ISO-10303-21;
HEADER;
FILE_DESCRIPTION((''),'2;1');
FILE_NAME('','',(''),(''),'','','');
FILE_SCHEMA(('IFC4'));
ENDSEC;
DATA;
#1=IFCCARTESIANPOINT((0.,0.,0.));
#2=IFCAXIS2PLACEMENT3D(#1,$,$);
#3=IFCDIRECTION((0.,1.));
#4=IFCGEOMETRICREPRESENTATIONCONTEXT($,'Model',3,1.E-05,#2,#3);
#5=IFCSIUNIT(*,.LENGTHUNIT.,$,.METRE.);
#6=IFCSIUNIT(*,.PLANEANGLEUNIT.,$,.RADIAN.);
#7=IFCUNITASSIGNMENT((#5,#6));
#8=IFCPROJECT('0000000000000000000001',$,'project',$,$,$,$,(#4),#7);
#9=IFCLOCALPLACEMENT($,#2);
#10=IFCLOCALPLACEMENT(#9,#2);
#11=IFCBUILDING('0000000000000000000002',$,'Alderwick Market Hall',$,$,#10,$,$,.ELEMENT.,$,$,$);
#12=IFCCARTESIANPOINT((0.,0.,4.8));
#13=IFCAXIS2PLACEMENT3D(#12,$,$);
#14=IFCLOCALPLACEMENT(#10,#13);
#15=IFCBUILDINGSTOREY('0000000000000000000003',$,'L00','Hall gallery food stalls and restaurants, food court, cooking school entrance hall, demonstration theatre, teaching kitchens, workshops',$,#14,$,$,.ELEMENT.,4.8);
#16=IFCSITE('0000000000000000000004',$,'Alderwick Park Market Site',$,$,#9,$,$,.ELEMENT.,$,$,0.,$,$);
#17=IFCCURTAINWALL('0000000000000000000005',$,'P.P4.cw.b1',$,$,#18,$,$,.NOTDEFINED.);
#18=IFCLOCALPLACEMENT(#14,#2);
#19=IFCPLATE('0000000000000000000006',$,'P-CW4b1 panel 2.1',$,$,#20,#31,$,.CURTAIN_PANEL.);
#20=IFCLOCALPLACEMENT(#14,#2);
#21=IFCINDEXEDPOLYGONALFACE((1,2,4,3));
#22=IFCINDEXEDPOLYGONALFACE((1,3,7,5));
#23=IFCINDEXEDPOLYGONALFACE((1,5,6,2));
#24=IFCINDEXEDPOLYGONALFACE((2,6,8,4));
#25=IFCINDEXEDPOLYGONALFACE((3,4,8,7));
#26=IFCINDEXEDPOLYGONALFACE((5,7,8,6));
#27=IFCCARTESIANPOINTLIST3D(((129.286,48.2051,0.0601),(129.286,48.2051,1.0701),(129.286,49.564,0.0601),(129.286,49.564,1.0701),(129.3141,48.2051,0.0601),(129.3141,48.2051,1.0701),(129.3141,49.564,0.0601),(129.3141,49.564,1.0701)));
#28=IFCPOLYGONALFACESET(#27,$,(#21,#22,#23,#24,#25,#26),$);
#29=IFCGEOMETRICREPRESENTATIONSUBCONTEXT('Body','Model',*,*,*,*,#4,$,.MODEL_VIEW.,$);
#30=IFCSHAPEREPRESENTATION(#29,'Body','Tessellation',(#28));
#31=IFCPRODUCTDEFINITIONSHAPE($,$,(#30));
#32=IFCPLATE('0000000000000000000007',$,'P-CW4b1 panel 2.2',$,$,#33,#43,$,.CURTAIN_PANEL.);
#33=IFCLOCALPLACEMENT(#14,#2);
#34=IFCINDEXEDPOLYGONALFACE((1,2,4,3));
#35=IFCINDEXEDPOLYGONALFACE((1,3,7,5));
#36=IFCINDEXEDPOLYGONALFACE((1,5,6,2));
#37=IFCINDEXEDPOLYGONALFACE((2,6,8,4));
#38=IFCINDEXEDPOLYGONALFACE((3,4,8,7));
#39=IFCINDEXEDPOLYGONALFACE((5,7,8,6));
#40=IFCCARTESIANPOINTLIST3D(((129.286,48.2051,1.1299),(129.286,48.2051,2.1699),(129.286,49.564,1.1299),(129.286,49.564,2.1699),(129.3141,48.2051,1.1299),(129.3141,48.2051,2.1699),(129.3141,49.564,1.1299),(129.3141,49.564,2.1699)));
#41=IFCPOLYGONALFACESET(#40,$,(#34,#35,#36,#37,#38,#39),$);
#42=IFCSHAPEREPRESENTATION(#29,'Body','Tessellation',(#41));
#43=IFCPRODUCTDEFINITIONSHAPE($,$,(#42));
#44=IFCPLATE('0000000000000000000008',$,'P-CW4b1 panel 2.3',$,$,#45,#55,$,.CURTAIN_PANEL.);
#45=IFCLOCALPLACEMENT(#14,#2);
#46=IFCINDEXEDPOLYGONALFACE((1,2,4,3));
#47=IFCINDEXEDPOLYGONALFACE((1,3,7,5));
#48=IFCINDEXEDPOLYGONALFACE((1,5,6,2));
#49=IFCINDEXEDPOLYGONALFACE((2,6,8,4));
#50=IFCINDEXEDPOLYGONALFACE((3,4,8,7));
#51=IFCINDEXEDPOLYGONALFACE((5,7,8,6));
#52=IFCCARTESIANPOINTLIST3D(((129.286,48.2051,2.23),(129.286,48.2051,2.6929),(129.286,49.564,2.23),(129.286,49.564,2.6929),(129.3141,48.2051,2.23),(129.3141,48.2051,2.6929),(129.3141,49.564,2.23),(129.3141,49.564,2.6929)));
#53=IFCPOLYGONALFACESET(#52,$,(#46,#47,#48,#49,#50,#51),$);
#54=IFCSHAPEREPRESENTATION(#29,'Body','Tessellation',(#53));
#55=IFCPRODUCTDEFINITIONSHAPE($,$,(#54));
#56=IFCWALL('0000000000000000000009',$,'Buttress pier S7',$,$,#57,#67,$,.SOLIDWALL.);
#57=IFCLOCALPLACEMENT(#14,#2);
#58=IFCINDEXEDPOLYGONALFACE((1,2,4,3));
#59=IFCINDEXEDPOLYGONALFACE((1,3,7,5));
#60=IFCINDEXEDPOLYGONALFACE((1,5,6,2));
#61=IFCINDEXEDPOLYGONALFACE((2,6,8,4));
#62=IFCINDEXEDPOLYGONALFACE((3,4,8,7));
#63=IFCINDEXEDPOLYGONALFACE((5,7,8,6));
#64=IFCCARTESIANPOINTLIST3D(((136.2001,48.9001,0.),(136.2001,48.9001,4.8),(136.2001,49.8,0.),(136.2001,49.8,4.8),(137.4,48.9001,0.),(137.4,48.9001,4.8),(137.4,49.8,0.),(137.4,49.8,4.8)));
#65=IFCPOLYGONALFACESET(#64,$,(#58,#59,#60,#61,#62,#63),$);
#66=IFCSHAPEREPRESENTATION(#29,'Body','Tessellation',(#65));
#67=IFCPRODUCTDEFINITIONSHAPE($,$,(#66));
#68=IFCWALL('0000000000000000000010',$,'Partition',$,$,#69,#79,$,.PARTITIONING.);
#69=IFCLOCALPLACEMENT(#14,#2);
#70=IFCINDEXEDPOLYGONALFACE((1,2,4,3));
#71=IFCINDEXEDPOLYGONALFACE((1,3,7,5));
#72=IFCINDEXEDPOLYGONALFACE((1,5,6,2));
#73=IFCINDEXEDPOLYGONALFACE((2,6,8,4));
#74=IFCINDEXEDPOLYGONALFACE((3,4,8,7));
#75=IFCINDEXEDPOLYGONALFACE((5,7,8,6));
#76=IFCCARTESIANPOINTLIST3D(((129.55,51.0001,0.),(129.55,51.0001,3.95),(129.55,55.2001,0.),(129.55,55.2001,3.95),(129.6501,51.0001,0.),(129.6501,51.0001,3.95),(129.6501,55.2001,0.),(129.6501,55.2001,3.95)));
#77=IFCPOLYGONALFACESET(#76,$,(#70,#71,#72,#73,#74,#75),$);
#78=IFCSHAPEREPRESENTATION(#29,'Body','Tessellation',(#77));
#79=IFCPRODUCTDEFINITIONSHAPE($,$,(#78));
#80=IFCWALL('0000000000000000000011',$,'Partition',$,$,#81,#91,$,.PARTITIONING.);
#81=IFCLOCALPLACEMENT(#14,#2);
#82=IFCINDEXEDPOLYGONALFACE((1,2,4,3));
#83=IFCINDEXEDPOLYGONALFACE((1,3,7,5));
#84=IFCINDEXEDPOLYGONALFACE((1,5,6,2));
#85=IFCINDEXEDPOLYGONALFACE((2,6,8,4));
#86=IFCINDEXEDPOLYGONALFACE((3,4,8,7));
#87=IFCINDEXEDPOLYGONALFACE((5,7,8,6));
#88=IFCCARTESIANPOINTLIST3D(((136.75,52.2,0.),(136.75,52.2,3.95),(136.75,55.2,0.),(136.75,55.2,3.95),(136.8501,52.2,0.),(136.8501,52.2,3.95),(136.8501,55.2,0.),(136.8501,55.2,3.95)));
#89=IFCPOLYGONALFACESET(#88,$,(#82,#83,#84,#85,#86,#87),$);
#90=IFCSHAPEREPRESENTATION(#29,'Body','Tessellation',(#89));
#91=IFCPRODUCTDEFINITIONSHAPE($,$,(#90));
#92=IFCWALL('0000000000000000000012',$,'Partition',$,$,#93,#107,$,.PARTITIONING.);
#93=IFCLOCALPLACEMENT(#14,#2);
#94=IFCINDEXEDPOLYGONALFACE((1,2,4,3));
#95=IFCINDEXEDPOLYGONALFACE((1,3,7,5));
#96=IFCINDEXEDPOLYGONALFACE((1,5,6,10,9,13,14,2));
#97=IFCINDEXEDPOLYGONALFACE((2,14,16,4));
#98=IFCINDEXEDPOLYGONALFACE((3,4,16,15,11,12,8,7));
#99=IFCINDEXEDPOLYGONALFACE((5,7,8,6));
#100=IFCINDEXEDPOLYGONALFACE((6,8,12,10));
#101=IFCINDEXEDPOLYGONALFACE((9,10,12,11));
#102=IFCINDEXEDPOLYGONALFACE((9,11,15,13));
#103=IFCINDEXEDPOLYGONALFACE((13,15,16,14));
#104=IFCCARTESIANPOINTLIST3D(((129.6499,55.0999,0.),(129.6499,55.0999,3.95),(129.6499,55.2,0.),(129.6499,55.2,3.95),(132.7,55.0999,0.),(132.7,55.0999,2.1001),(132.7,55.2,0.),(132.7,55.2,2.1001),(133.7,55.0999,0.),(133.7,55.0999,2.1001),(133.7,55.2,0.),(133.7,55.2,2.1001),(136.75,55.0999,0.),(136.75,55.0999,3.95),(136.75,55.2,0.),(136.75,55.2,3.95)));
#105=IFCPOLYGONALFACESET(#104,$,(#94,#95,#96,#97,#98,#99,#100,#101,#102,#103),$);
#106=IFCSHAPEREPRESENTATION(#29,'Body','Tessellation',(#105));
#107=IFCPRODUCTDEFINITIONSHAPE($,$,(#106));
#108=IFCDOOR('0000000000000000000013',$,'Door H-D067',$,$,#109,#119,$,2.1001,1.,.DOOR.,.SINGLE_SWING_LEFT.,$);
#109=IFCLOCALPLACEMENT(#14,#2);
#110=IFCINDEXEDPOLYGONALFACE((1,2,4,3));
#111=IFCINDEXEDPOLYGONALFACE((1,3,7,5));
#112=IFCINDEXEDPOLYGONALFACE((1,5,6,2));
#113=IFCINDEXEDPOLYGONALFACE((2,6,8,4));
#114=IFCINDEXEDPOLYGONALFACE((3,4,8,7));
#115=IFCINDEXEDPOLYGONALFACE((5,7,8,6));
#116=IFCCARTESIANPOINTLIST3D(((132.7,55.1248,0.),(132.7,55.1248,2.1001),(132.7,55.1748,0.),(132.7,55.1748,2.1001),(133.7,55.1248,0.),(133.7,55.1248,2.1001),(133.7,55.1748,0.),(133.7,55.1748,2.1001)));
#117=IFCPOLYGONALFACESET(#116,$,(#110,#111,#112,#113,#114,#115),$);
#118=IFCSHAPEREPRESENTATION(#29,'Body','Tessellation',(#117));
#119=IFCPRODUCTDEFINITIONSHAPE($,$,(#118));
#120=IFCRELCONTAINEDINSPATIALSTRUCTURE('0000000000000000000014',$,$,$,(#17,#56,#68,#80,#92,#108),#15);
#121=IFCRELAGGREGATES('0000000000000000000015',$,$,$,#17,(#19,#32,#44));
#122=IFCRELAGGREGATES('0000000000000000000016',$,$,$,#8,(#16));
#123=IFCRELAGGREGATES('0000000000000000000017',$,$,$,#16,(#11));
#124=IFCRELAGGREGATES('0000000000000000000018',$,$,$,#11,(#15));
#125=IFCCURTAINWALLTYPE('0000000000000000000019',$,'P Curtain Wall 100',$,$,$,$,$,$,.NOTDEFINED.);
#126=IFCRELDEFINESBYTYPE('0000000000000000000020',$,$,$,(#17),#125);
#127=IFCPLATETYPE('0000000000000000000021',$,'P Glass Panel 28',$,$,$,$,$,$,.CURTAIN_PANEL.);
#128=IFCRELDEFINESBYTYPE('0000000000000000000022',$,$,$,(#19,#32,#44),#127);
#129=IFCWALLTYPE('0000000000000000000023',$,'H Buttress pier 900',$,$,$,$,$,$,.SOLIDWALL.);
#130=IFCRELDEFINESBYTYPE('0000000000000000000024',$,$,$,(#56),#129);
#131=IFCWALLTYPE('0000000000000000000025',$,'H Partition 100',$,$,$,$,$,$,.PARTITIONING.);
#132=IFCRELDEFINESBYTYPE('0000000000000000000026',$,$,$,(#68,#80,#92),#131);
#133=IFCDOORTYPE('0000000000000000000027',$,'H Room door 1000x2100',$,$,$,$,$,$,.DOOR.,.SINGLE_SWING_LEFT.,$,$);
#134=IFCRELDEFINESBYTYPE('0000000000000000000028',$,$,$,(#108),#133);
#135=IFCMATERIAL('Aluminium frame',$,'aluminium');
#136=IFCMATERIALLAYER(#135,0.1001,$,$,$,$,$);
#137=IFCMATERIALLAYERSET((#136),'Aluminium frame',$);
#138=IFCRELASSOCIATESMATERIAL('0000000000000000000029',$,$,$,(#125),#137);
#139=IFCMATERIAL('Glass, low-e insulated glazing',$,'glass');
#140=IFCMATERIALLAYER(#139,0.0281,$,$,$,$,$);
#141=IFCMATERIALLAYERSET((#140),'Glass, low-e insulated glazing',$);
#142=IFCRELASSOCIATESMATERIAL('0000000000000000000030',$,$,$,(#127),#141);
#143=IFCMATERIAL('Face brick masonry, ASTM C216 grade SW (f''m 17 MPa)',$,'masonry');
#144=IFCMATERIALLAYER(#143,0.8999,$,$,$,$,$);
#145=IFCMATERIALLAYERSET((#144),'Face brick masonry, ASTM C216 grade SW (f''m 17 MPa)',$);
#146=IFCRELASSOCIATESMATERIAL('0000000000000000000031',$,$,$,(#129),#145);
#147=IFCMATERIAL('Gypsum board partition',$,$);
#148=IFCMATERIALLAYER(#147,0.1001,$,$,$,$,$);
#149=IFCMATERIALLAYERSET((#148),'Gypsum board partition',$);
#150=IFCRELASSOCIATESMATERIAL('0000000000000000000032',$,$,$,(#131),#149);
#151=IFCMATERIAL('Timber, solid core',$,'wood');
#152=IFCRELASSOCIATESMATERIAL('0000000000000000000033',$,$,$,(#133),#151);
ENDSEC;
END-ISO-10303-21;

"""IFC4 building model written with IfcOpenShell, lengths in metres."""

from ifc_helpers import new_model, si_unit, direction, frame, frame_2d, origin, origin_2d, place, context, subcontext, project, spatial, rectangle, extrude, material, layer, layer_set, type_object, element, fill, aggregate, save


model = new_model("IFC4")

# Units and contexts
model_context = context("Model", 3, precision=1e-05, world=origin(), true_north=direction((0.0, 1.0)))
body_context = subcontext(model_context, "Body", "Model", "MODEL_VIEW")
ifc_project = project(units=[si_unit("LENGTHUNIT", "METRE"), si_unit("PLANEANGLEUNIT", "RADIAN")], contexts=[model_context])

# Site, building, storey
site_placement = place(None, origin())
site = spatial("IfcSite", under=ifc_project, at=site_placement, Name="Alderwick Park Market Site", CompositionType="ELEMENT", RefElevation=0.0)
building_placement = place(site_placement, origin())
building = spatial("IfcBuilding", under=site, at=building_placement, Name="Alderwick Market Hall", CompositionType="ELEMENT")
storey_placement = place(building_placement, frame((0.0, 0.0, 4.8)))
storey = spatial("IfcBuildingStorey", under=building, at=storey_placement, Name="L00", Description="Hall gallery food stalls and restaurants, food court, cooking school entrance hall, demonstration theatre, teaching kitchens, workshops", CompositionType="ELEMENT", Elevation=4.8)

# Curtain wall, plates
ifc_material_1 = material(Name="Aluminium frame", Category="aluminium")
ifc_layer_1 = layer(ifc_material_1, 0.1001)
ifc_layer_set_1 = layer_set([ifc_layer_1], Name="Aluminium frame")
curtain_wall_type = type_object("IfcCurtainWallType", Name="P Curtain Wall 100", PredefinedType="NOTDEFINED", material=ifc_layer_set_1)
curtain_wall_placement = place(storey_placement, origin())
curtain_wall = element("IfcCurtainWall", 1, at=curtain_wall_placement, inside=storey, type_object=curtain_wall_type, Name="P.P4.cw.b1", PredefinedType="NOTDEFINED")
ifc_material_2 = material(Name="Glass, low-e insulated glazing", Category="glass")
ifc_layer_2 = layer(ifc_material_2, 0.0281)
ifc_layer_set_2 = layer_set([ifc_layer_2], Name="Glass, low-e insulated glazing")
plate_type = type_object("IfcPlateType", Name="P Glass Panel 28", PredefinedType="CURTAIN_PANEL", material=ifc_layer_set_2)
plate_1_placement = place(storey_placement, frame((129.3, 48.8845, 0.0601), z_axis=(0.0, 0.0, 1.0), x_axis=(0.0, 1.0, 0.0)))
plate_1 = element("IfcPlate", 2, at=plate_1_placement, type_object=plate_type, Name="P-CW4b1 panel 2.1", PredefinedType="CURTAIN_PANEL", context=body_context, shape_type="SweptSolid", body=[
    extrude(rectangle(XDim=1.3589, YDim=0.0281, at=origin_2d()), origin(), (0.0, 0.0, 1.0), 1.01),
])
plate_2_placement = place(storey_placement, frame((129.3, 48.8845, 1.1299), z_axis=(0.0, 0.0, 1.0), x_axis=(0.0, 1.0, 0.0)))
plate_2 = element("IfcPlate", 3, at=plate_2_placement, type_object=plate_type, Name="P-CW4b1 panel 2.2", PredefinedType="CURTAIN_PANEL", context=body_context, shape_type="SweptSolid", body=[
    extrude(rectangle(XDim=1.3589, YDim=0.0281, at=origin_2d()), origin(), (0.0, 0.0, 1.0), 1.04),
])
plate_3_placement = place(storey_placement, frame((129.3, 48.8845, 2.23), z_axis=(0.0, 0.0, 1.0), x_axis=(0.0, 1.0, 0.0)))
plate_3 = element("IfcPlate", 4, at=plate_3_placement, type_object=plate_type, Name="P-CW4b1 panel 2.3", PredefinedType="CURTAIN_PANEL", context=body_context, shape_type="SweptSolid", body=[
    extrude(rectangle(XDim=1.3589, YDim=0.0281, at=origin_2d()), origin(), (0.0, 0.0, 1.0), 0.4629),
])
aggregate(curtain_wall, [plate_1, plate_2, plate_3])

# Walls
ifc_material_3 = material(Name="Face brick masonry, ASTM C216 grade SW (f'm 17 MPa)", Category="masonry")
ifc_layer_3 = layer(ifc_material_3, 0.8999)
ifc_layer_set_3 = layer_set([ifc_layer_3], Name="Face brick masonry, ASTM C216 grade SW (f'm 17 MPa)")
wall_type_1 = type_object("IfcWallType", Name="H Buttress pier 900", PredefinedType="SOLIDWALL", material=ifc_layer_set_3)
wall_1_placement = place(storey_placement, frame((136.2, 49.3501, 0.0), z_axis=(0.0, 0.0, 1.0), x_axis=(1.0, 0.0, 0.0)))
element("IfcWall", 5, at=wall_1_placement, inside=storey, type_object=wall_type_1, Name="Buttress pier S7", PredefinedType="SOLIDWALL", context=body_context, shape_type="SweptSolid", body=[
    extrude(rectangle(XDim=1.2, YDim=0.8999, at=frame_2d((0.6001, 0.0))), origin(), (0.0, 0.0, 1.0), 4.8),
])
ifc_material_4 = material(Name="Gypsum board partition")
ifc_layer_4 = layer(ifc_material_4, 0.1001)
ifc_layer_set_4 = layer_set([ifc_layer_4], Name="Gypsum board partition")
wall_type_2 = type_object("IfcWallType", Name="H Partition 100", PredefinedType="PARTITIONING", material=ifc_layer_set_4)
wall_2_placement = place(storey_placement, frame((129.6001, 51.0, 0.0), z_axis=(0.0, 0.0, 1.0), x_axis=(0.0, 1.0, 0.0)))
element("IfcWall", 6, at=wall_2_placement, inside=storey, type_object=wall_type_2, Name="Partition", PredefinedType="PARTITIONING", context=body_context, shape_type="SweptSolid", body=[
    extrude(rectangle(XDim=4.2, YDim=0.1001, at=frame_2d((2.1001, 0.0))), origin(), (0.0, 0.0, 1.0), 3.95),
])
wall_3_placement = place(storey_placement, frame((136.8, 52.2, 0.0), z_axis=(0.0, 0.0, 1.0), x_axis=(0.0, 1.0, 0.0)))
element("IfcWall", 7, at=wall_3_placement, inside=storey, type_object=wall_type_2, Name="Partition", PredefinedType="PARTITIONING", context=body_context, shape_type="SweptSolid", body=[
    extrude(rectangle(XDim=3.0, YDim=0.1001, at=frame_2d((1.5, 0.0))), origin(), (0.0, 0.0, 1.0), 3.95),
])

# Wall, opening, door
wall_4_placement = place(storey_placement, frame((129.6499, 55.1499, 0.0), z_axis=(0.0, 0.0, 1.0), x_axis=(1.0, 0.0, 0.0)))
wall_4 = element("IfcWall", 8, at=wall_4_placement, inside=storey, type_object=wall_type_2, Name="Partition", PredefinedType="PARTITIONING", context=body_context, shape_type="SweptSolid", body=[
    extrude(rectangle(XDim=7.1001, YDim=0.1001, at=frame_2d((3.55, 0.0))), origin(), (0.0, 0.0, 1.0), 3.95),
])
opening_placement = place(wall_4_placement, frame((3.05, 0.0, 0.0)))
opening = element("IfcOpeningElement", 9, at=opening_placement, cuts=wall_4, PredefinedType="OPENING", context=body_context, shape_type="SweptSolid", body=[
    extrude(rectangle(XDim=1.0, YDim=2.1001, at=frame_2d((0.5, 1.05))), frame((0.0, 0.0601, 0.0), z_axis=(0.0, -1.0, 0.0), x_axis=(1.0, 0.0, 0.0)), (0.0, 0.0, 1.0), 0.1201),
])
ifc_material_5 = material(Name="Timber, solid core", Category="wood")
door_type = type_object("IfcDoorType", Name="H Room door 1000x2100", OperationType="SINGLE_SWING_LEFT", PredefinedType="DOOR", material=ifc_material_5)
door_placement = place(opening_placement, origin())
door = element("IfcDoor", 10, at=door_placement, inside=storey, type_object=door_type, Name="Door H-D067", OperationType="SINGLE_SWING_LEFT", OverallHeight=2.1001, OverallWidth=1.0, PredefinedType="DOOR", context=body_context, shape_type="SweptSolid", body=[
    extrude(rectangle(XDim=1.0, YDim=2.1001, at=frame_2d((0.5, 1.05))), frame((0.0, 0.0249, 0.0), z_axis=(0.0, -1.0, 0.0), x_axis=(1.0, 0.0, 0.0)), (0.0, 0.0, 1.0), 0.05),
])
fill(opening, door)

save(model, "model.ifc")
